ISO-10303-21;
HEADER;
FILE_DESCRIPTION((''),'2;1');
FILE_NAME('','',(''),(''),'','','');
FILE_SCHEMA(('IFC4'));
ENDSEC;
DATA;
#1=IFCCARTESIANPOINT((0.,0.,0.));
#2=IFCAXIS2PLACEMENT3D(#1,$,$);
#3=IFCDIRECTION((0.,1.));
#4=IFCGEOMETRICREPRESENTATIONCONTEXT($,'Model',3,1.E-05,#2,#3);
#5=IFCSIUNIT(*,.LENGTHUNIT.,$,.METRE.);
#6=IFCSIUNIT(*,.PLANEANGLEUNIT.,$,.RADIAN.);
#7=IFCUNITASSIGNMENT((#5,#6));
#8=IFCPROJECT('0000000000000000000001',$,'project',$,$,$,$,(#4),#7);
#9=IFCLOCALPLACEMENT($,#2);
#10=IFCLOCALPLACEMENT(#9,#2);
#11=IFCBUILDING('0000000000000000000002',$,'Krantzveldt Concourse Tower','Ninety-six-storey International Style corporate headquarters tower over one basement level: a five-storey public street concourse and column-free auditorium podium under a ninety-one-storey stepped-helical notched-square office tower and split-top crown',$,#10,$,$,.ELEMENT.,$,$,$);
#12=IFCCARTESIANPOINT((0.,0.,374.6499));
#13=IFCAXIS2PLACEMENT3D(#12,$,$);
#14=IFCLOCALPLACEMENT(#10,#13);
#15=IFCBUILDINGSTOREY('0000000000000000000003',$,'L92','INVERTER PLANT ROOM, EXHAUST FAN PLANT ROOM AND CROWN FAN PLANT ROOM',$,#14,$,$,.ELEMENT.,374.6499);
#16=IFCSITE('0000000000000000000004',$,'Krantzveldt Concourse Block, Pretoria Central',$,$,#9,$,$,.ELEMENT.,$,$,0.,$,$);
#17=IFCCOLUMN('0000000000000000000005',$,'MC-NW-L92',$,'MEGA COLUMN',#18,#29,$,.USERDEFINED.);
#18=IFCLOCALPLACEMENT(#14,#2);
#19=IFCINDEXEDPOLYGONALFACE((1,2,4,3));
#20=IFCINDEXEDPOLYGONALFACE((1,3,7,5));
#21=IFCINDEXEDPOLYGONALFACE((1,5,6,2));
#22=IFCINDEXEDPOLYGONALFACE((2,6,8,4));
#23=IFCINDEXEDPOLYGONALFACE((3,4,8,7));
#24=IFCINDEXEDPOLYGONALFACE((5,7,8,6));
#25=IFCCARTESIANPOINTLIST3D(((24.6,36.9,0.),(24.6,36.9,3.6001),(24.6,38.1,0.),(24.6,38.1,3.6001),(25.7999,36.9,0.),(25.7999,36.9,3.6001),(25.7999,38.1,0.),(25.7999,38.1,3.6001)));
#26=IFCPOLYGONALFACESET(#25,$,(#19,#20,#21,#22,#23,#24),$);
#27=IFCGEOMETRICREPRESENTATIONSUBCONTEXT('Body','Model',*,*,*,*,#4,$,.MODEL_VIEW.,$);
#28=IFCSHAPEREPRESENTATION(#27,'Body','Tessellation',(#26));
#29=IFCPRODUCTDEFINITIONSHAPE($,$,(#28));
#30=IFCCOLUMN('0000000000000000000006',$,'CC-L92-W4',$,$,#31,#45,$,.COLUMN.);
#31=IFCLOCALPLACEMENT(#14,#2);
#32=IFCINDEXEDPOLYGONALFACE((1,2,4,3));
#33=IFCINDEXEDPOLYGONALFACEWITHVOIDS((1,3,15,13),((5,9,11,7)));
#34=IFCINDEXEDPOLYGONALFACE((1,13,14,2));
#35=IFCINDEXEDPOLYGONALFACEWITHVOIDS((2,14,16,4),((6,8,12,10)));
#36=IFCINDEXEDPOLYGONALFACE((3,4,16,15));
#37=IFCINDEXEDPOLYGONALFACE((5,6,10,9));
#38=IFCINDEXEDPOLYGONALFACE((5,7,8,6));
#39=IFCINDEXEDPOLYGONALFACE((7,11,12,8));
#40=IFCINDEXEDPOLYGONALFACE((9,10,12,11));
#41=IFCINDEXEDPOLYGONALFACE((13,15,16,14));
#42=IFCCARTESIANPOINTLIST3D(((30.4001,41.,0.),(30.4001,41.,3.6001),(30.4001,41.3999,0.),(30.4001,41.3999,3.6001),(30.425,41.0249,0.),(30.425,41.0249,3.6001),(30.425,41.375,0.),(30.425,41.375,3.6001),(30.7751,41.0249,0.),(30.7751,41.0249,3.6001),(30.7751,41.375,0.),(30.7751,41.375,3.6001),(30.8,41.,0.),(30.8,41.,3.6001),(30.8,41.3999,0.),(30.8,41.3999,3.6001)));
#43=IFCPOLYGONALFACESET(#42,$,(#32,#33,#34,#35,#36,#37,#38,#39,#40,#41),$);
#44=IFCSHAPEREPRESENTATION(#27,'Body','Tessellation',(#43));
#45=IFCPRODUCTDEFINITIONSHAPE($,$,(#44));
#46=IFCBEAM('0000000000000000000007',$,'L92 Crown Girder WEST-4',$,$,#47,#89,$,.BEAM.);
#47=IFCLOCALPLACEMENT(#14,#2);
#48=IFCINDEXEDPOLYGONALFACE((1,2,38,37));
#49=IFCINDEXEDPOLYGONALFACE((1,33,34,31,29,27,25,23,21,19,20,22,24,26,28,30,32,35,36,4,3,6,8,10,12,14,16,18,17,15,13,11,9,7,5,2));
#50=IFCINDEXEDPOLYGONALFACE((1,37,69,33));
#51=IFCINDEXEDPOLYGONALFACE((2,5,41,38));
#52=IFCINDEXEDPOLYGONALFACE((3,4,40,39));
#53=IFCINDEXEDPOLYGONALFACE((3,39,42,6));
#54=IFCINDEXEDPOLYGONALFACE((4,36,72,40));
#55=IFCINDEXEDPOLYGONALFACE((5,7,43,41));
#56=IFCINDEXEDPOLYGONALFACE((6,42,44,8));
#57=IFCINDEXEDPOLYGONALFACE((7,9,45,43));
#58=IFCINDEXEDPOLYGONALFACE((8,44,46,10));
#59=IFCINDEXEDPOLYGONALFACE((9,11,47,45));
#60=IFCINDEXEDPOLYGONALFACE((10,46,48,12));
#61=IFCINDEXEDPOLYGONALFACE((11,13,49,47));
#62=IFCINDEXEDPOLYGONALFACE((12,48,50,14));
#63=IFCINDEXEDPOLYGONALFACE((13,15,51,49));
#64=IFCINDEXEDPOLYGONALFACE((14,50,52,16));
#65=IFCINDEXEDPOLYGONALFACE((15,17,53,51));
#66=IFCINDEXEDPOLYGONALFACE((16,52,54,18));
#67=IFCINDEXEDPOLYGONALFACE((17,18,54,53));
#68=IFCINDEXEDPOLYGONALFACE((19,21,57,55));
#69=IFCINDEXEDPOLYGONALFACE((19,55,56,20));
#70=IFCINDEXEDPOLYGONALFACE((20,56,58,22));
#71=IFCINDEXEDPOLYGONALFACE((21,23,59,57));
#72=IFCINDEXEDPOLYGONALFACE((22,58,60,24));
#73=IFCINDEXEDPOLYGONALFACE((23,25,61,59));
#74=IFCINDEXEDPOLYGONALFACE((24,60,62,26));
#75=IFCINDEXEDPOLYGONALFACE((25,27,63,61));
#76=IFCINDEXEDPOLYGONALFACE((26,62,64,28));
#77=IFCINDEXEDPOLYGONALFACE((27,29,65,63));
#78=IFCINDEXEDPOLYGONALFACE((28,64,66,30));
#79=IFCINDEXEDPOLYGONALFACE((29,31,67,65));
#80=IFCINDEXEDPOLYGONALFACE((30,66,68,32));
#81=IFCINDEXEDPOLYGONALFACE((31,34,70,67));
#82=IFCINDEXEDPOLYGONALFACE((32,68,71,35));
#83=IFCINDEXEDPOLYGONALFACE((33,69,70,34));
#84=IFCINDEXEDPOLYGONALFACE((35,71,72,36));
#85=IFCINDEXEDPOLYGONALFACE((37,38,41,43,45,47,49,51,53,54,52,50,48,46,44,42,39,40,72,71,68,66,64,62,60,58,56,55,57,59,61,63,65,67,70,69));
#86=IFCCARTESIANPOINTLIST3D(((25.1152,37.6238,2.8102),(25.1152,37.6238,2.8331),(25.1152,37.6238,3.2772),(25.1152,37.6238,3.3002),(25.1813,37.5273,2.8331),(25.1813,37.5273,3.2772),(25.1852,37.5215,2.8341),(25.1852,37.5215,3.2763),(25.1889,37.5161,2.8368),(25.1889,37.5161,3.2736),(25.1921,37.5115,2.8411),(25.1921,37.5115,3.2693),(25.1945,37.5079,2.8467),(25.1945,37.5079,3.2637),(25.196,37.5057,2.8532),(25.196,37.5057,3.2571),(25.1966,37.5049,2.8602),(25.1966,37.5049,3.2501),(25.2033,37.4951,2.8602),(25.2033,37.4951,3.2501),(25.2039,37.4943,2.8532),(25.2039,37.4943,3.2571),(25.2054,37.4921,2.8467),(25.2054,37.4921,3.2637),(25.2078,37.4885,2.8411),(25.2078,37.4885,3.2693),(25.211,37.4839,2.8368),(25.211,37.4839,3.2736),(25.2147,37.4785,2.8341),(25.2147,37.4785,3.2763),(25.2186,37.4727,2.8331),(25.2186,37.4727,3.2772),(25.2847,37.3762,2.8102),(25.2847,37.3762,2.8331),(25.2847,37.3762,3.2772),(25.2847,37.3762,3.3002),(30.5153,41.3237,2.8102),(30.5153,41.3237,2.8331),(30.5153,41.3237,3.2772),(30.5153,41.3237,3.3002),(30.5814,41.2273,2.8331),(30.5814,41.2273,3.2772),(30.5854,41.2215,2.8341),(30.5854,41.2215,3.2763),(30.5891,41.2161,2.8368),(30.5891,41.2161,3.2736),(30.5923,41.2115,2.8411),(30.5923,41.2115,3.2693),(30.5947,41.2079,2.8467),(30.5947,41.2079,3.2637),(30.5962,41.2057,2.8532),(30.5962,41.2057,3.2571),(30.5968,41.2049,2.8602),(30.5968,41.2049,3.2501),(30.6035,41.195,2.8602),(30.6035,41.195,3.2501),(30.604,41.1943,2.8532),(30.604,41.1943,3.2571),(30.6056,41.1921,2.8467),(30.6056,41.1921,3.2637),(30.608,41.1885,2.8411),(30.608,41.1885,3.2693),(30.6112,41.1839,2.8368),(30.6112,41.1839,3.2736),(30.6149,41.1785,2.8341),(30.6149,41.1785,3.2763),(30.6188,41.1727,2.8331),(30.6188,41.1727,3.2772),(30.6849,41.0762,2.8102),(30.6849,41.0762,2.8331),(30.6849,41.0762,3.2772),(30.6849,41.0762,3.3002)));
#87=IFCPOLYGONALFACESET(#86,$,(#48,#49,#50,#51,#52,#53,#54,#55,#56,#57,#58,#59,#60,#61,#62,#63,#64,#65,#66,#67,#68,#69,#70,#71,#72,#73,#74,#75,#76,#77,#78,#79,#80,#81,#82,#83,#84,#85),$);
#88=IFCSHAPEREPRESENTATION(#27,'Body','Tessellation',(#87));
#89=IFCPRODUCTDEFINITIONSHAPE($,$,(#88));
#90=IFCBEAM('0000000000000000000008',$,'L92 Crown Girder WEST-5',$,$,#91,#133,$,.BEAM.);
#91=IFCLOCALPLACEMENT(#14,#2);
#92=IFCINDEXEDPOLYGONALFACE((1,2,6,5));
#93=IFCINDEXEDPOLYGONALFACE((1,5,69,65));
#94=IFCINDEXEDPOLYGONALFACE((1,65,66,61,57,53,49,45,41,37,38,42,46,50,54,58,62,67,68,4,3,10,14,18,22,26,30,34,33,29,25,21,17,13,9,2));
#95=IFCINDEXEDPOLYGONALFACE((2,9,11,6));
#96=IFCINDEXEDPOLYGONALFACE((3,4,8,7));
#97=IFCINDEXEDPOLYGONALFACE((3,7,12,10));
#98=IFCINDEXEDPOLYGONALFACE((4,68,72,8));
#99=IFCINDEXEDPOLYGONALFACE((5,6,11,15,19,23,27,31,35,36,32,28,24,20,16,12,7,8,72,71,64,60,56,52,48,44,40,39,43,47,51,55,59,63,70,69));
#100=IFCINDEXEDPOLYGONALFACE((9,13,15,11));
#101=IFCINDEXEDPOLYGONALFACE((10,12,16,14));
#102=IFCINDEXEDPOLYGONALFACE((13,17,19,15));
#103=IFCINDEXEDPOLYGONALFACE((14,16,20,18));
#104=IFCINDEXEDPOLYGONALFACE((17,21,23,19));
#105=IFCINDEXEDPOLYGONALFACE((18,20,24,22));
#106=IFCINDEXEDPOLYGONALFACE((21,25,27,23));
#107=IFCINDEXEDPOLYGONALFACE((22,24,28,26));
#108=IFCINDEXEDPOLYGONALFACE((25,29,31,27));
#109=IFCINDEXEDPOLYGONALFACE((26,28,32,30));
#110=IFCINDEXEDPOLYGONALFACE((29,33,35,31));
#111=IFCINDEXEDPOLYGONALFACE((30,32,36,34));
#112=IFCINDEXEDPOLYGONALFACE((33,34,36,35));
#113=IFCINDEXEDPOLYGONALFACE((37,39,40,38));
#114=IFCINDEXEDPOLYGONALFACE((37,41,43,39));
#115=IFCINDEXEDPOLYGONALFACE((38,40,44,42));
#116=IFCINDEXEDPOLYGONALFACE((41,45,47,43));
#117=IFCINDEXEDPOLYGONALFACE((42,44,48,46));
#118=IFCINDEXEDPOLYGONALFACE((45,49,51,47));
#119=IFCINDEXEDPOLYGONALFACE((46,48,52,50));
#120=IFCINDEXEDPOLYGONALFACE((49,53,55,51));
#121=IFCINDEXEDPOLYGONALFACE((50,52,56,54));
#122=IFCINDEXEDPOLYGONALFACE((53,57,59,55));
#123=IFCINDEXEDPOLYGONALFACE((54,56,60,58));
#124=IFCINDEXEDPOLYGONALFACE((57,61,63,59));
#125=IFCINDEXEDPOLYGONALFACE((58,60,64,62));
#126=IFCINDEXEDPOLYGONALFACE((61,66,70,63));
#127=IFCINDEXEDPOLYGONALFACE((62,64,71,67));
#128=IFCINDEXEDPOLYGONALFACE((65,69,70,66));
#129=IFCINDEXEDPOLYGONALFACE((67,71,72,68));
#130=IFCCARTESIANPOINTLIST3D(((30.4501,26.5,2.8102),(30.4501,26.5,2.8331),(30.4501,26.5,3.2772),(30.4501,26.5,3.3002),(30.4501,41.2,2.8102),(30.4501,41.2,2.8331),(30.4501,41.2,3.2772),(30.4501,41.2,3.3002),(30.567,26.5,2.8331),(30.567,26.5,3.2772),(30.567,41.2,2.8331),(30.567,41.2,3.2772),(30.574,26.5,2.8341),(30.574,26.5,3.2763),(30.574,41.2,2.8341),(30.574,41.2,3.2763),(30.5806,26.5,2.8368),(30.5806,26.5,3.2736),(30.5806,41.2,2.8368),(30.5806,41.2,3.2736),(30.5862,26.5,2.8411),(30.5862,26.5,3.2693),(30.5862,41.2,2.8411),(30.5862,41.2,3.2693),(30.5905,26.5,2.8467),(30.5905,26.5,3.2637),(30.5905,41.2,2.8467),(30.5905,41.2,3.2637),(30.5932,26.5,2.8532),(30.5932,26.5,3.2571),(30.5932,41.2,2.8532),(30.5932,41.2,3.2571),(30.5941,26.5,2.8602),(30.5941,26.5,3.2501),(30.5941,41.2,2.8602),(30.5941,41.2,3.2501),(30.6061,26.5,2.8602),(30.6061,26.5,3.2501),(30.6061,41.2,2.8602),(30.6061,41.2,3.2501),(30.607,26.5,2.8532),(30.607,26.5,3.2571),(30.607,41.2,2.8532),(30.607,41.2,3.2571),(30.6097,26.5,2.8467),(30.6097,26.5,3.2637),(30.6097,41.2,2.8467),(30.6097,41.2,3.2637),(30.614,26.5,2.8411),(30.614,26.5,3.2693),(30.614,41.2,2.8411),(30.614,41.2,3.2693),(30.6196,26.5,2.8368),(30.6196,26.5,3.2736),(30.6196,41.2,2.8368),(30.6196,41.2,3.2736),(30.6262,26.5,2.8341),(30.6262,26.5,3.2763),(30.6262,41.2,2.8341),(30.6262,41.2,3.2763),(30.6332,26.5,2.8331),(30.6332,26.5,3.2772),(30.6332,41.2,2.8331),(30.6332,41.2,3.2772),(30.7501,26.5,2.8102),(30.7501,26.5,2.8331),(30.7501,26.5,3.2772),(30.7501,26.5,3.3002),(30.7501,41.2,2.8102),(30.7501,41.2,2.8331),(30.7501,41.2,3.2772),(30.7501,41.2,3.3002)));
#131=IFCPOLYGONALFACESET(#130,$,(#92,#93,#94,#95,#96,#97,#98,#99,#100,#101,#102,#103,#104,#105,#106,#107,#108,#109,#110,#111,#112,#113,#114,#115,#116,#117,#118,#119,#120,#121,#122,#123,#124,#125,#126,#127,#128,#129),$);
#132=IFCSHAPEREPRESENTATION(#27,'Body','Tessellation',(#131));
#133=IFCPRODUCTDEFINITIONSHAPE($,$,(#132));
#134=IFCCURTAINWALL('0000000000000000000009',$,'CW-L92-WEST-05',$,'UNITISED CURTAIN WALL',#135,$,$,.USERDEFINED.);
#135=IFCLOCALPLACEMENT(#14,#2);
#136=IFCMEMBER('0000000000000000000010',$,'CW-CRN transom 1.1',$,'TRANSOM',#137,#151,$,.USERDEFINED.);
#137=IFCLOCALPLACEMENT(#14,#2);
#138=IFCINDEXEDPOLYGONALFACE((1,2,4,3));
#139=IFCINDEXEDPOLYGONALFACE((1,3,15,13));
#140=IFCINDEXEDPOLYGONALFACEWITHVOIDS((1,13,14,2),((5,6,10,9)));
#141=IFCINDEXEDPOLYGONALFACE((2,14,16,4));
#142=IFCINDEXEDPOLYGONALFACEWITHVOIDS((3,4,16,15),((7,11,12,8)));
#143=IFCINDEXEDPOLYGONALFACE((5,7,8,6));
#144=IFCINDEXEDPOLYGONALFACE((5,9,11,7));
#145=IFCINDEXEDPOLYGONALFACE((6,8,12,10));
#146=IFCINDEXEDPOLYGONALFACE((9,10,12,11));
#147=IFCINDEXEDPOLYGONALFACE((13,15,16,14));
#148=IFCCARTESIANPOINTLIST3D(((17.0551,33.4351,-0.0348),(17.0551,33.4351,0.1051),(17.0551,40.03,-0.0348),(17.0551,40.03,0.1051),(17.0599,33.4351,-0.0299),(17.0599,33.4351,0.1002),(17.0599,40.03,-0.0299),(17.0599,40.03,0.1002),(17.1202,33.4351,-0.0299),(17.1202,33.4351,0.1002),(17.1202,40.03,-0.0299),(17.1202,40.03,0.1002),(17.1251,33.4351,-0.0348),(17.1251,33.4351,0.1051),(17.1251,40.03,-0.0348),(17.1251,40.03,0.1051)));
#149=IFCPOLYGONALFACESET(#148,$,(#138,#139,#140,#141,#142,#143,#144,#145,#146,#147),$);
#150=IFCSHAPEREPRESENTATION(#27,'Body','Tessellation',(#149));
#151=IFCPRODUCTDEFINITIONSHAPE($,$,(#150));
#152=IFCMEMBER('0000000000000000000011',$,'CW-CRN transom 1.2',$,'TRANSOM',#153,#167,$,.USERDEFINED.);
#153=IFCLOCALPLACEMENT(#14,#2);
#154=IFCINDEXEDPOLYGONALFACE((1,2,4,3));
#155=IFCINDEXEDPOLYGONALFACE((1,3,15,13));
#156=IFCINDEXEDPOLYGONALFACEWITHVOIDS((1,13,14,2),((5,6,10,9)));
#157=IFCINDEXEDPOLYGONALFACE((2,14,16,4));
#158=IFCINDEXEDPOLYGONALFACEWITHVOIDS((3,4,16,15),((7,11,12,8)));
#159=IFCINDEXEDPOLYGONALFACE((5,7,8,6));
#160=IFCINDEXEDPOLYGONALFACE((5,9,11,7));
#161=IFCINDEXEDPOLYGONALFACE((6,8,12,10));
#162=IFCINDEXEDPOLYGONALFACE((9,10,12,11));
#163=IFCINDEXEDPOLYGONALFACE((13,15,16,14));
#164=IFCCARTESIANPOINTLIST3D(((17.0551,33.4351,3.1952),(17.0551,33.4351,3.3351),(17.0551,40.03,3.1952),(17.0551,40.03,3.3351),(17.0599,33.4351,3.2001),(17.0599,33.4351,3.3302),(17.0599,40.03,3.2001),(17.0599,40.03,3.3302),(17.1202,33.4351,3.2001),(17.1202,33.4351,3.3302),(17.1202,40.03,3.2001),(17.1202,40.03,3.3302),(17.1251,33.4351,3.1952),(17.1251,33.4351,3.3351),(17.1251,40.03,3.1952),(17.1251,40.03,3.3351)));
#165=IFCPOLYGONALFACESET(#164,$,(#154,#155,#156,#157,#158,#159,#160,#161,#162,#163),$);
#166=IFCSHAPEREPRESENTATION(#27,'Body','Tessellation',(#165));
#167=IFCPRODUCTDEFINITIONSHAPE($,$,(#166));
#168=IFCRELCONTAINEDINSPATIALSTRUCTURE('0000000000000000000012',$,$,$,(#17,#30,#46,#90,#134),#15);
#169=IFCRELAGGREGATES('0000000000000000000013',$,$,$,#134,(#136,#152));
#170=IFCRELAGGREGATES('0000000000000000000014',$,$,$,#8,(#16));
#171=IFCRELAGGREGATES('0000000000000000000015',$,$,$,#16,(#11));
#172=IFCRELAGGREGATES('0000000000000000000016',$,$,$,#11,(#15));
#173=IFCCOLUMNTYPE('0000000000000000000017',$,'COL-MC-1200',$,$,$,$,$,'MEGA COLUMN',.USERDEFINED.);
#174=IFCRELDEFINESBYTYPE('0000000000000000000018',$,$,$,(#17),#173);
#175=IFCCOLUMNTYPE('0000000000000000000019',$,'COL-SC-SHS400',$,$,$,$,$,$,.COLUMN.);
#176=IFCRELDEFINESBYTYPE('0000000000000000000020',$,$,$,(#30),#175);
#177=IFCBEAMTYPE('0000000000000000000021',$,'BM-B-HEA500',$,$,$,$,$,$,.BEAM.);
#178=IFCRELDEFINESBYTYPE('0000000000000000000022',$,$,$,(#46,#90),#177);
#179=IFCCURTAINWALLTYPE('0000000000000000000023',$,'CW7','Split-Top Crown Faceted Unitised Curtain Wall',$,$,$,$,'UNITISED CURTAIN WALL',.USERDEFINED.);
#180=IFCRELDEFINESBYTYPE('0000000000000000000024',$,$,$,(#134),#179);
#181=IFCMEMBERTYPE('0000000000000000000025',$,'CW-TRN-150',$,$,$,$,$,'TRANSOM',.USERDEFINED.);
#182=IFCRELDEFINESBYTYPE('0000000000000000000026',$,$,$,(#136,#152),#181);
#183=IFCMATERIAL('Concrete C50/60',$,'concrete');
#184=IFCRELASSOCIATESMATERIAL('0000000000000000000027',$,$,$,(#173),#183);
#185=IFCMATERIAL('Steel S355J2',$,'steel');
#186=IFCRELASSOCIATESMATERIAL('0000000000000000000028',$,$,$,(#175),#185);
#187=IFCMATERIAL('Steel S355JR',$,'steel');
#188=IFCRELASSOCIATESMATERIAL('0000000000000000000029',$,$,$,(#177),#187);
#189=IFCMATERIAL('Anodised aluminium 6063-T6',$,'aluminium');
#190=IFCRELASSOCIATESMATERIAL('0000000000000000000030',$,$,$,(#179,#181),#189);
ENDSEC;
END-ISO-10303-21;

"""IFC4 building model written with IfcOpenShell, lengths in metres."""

from ifc_helpers import new_model, si_unit, direction, frame, origin, origin_2d, place, context, subcontext, project, spatial, rectangle, hollow_rectangle, i_section, extrude, source, transform, mapped, material, material_profile, profile_set, type_object, type_shapes, element, aggregate, save


model = new_model("IFC4")

# Units and contexts
model_context = context("Model", 3, precision=1e-05, world=origin(), true_north=direction((0.0, 1.0)))
body_context = subcontext(model_context, "Body", "Model", "MODEL_VIEW")
ifc_project = project(units=[si_unit("LENGTHUNIT", "METRE"), si_unit("PLANEANGLEUNIT", "RADIAN")], contexts=[model_context])

# Site, building, storey
site_placement = place(None, origin())
site = spatial("IfcSite", under=ifc_project, at=site_placement, Name="Krantzveldt Concourse Block, Pretoria Central", CompositionType="ELEMENT", RefElevation=0.0)
building_placement = place(site_placement, origin())
building = spatial("IfcBuilding", under=site, at=building_placement, Name="Krantzveldt Concourse Tower", Description="Ninety-six-storey International Style corporate headquarters tower over one basement level: a five-storey public street concourse and column-free auditorium podium under a ninety-one-storey stepped-helical notched-square office tower and split-top crown", CompositionType="ELEMENT")
storey_placement = place(building_placement, frame((0.0, 0.0, 374.6499)))
storey = spatial("IfcBuildingStorey", under=building, at=storey_placement, Name="L92", Description="INVERTER PLANT ROOM, EXHAUST FAN PLANT ROOM AND CROWN FAN PLANT ROOM", CompositionType="ELEMENT", Elevation=374.6499)

# Columns
ifc_material_1 = material(Name="Concrete C50/60", Category="concrete")
ifc_material_profile_1 = material_profile(ifc_material_1, rectangle(XDim=1.2, YDim=1.2, at=origin_2d()), Name="Concrete C50/60", Category="concrete")
ifc_profile_set_1 = profile_set([ifc_material_profile_1], Name="Concrete C50/60 - RC 1200x1200")
column_type_1 = type_object("IfcColumnType", Name="COL-MC-1200", ElementType="MEGA COLUMN", PredefinedType="USERDEFINED", material=ifc_profile_set_1)
shared_shape_1 = source(origin(), body_context, "Body", "SweptSolid", [
    extrude(rectangle(XDim=1.2, YDim=1.2, at=origin_2d()), origin(), (0.0, 0.0, 1.0), 3.6001),
])
type_shapes(column_type_1, [shared_shape_1])
column_1_placement = place(storey_placement, frame((25.2, 37.5, 0.0), z_axis=(0.0, 0.0, 1.0), x_axis=(1.0, 0.0, 0.0)))
element("IfcColumn", 1, at=column_1_placement, inside=storey, type_object=column_type_1, Name="MC-NW-L92", ObjectType="MEGA COLUMN", PredefinedType="USERDEFINED", context=body_context, shape_type="MappedRepresentation", body=[
    mapped(shared_shape_1, transform((0.0, 0.0, 0.0), x_axis=(1.0, 0.0, 0.0), y_axis=(0.0, 1.0, 0.0), z_axis=(0.0, 0.0, 1.0), scale=1.0)),
])
ifc_material_2 = material(Name="Steel S355J2", Category="steel")
ifc_material_profile_2 = material_profile(ifc_material_2, hollow_rectangle(XDim=0.3999, YDim=0.3999, WallThickness=0.0249, at=origin_2d()), Name="Steel S355J2", Category="steel")
ifc_profile_set_2 = profile_set([ifc_material_profile_2], Name="Steel S355J2 - SHS 400x400x25")
column_type_2 = type_object("IfcColumnType", Name="COL-SC-SHS400", PredefinedType="COLUMN", material=ifc_profile_set_2)
shared_shape_2 = source(origin(), body_context, "Body", "SweptSolid", [
    extrude(hollow_rectangle(XDim=0.3999, YDim=0.3999, WallThickness=0.0249, at=origin_2d()), origin(), (0.0, 0.0, 1.0), 3.6001),
])
type_shapes(column_type_2, [shared_shape_2])
column_2_placement = place(storey_placement, frame((30.6001, 41.2, 0.0), z_axis=(0.0, 0.0, 1.0), x_axis=(1.0, 0.0, 0.0)))
element("IfcColumn", 2, at=column_2_placement, inside=storey, type_object=column_type_2, Name="CC-L92-W4", PredefinedType="COLUMN", context=body_context, shape_type="MappedRepresentation", body=[
    mapped(shared_shape_2, transform((0.0, 0.0, 0.0), x_axis=(1.0, 0.0, 0.0), y_axis=(0.0, 1.0, 0.0), z_axis=(0.0, 0.0, 1.0), scale=1.0)),
])

# Beams
ifc_material_3 = material(Name="Steel S355JR", Category="steel")
ifc_material_profile_3 = material_profile(ifc_material_3, i_section(OverallWidth=0.3, OverallDepth=0.49, WebThickness=0.012, FlangeThickness=0.0229, FilletRadius=0.0271, at=origin_2d()), Name="Steel S355JR", Category="steel")
ifc_profile_set_3 = profile_set([ifc_material_profile_3], Name="Steel S355JR - HEA 500")
beam_type = type_object("IfcBeamType", Name="BM-B-HEA500", PredefinedType="BEAM", material=ifc_profile_set_3)
shared_shape_3 = source(origin(), body_context, "Body", "SweptSolid", [
    extrude(i_section(OverallWidth=0.3, OverallDepth=0.49, WebThickness=0.012, FlangeThickness=0.0229, FilletRadius=0.0271, at=origin_2d()), origin(), (0.0, 0.0, 1.0), 6.5461),
])
beam_1_placement = place(storey_placement, frame((25.2, 37.5, 3.0552), z_axis=(0.824943, 0.565216, 0.0), x_axis=(-0.565216, 0.824943, 0.0)))
element("IfcBeam", 3, at=beam_1_placement, inside=storey, type_object=beam_type, Name="L92 Crown Girder WEST-4", PredefinedType="BEAM", context=body_context, shape_type="MappedRepresentation", body=[
    mapped(shared_shape_3, transform((0.0, 0.0, 0.0), x_axis=(1.0, 0.0, 0.0), y_axis=(0.0, 1.0, 0.0), z_axis=(0.0, 0.0, 1.0), scale=1.0)),
])
shared_shape_4 = source(origin(), body_context, "Body", "SweptSolid", [
    extrude(i_section(OverallWidth=0.3, OverallDepth=0.49, WebThickness=0.012, FlangeThickness=0.0229, FilletRadius=0.0271, at=origin_2d()), origin(), (0.0, 0.0, 1.0), 14.7),
])
type_shapes(beam_type, [shared_shape_3, shared_shape_4])
beam_2_placement = place(storey_placement, frame((30.6001, 41.2, 3.0552), z_axis=(0.0, -1.0, 0.0), x_axis=(1.0, 0.0, 0.0)))
element("IfcBeam", 4, at=beam_2_placement, inside=storey, type_object=beam_type, Name="L92 Crown Girder WEST-5", PredefinedType="BEAM", context=body_context, shape_type="MappedRepresentation", body=[
    mapped(shared_shape_4, transform((0.0, 0.0, 0.0), x_axis=(1.0, 0.0, 0.0), y_axis=(0.0, 1.0, 0.0), z_axis=(0.0, 0.0, 1.0), scale=1.0)),
])

# Curtain wall, members
ifc_material_4 = material(Name="Anodised aluminium 6063-T6", Category="aluminium")
curtain_wall_type = type_object("IfcCurtainWallType", Name="CW7", Description="Split-Top Crown Faceted Unitised Curtain Wall", ElementType="UNITISED CURTAIN WALL", PredefinedType="USERDEFINED", material=ifc_material_4)
curtain_wall_1_placement = place(storey_placement, origin())
curtain_wall_1 = element("IfcCurtainWall", 5, at=curtain_wall_1_placement, inside=storey, type_object=curtain_wall_type, Name="CW-L92-WEST-05", ObjectType="UNITISED CURTAIN WALL", PredefinedType="USERDEFINED")
ifc_material_profile_4 = material_profile(ifc_material_4, hollow_rectangle(XDim=0.0701, YDim=0.1399, WallThickness=0.0049, at=origin_2d()), Name="Anodised aluminium 6063-T6", Category="aluminium")
ifc_profile_set_4 = profile_set([ifc_material_profile_4], Name="Anodised aluminium 6063-T6 - ALU-TRAN 140x70x5")
member_type_1 = type_object("IfcMemberType", Name="CW-TRN-150", ElementType="TRANSOM", PredefinedType="USERDEFINED", material=ifc_profile_set_4)
shared_shape_5 = source(origin(), body_context, "Body", "SweptSolid", [
    extrude(hollow_rectangle(XDim=0.0701, YDim=0.1399, WallThickness=0.0049, at=origin_2d()), origin(), (0.0, 0.0, 1.0), 6.595),
])
member_1_placement = place(storey_placement, frame((17.0901, 40.03, 0.0352), z_axis=(0.0, -1.0, 0.0), x_axis=(1.0, 0.0, 0.0)))
member_1 = element("IfcMember", 6, at=member_1_placement, type_object=member_type_1, Name="CW-CRN transom 1.1", ObjectType="TRANSOM", PredefinedType="USERDEFINED", context=body_context, shape_type="MappedRepresentation", body=[
    mapped(shared_shape_5, transform((0.0, 0.0, 0.0), x_axis=(1.0, 0.0, 0.0), y_axis=(0.0, 1.0, 0.0), z_axis=(0.0, 0.0, 1.0), scale=1.0)),
])
member_2_placement = place(storey_placement, frame((17.0901, 40.03, 3.2651), z_axis=(0.0, -1.0, 0.0), x_axis=(1.0, 0.0, 0.0)))
member_2 = element("IfcMember", 7, at=member_2_placement, type_object=member_type_1, Name="CW-CRN transom 1.2", ObjectType="TRANSOM", PredefinedType="USERDEFINED", context=body_context, shape_type="MappedRepresentation", body=[
    mapped(shared_shape_5, transform((0.0, 0.0, 0.0), x_axis=(1.0, 0.0, 0.0), y_axis=(0.0, 1.0, 0.0), z_axis=(0.0, 0.0, 1.0), scale=1.0)),
])

aggregate(curtain_wall_1, [member_1, member_2])

save(model, "model.ifc")
